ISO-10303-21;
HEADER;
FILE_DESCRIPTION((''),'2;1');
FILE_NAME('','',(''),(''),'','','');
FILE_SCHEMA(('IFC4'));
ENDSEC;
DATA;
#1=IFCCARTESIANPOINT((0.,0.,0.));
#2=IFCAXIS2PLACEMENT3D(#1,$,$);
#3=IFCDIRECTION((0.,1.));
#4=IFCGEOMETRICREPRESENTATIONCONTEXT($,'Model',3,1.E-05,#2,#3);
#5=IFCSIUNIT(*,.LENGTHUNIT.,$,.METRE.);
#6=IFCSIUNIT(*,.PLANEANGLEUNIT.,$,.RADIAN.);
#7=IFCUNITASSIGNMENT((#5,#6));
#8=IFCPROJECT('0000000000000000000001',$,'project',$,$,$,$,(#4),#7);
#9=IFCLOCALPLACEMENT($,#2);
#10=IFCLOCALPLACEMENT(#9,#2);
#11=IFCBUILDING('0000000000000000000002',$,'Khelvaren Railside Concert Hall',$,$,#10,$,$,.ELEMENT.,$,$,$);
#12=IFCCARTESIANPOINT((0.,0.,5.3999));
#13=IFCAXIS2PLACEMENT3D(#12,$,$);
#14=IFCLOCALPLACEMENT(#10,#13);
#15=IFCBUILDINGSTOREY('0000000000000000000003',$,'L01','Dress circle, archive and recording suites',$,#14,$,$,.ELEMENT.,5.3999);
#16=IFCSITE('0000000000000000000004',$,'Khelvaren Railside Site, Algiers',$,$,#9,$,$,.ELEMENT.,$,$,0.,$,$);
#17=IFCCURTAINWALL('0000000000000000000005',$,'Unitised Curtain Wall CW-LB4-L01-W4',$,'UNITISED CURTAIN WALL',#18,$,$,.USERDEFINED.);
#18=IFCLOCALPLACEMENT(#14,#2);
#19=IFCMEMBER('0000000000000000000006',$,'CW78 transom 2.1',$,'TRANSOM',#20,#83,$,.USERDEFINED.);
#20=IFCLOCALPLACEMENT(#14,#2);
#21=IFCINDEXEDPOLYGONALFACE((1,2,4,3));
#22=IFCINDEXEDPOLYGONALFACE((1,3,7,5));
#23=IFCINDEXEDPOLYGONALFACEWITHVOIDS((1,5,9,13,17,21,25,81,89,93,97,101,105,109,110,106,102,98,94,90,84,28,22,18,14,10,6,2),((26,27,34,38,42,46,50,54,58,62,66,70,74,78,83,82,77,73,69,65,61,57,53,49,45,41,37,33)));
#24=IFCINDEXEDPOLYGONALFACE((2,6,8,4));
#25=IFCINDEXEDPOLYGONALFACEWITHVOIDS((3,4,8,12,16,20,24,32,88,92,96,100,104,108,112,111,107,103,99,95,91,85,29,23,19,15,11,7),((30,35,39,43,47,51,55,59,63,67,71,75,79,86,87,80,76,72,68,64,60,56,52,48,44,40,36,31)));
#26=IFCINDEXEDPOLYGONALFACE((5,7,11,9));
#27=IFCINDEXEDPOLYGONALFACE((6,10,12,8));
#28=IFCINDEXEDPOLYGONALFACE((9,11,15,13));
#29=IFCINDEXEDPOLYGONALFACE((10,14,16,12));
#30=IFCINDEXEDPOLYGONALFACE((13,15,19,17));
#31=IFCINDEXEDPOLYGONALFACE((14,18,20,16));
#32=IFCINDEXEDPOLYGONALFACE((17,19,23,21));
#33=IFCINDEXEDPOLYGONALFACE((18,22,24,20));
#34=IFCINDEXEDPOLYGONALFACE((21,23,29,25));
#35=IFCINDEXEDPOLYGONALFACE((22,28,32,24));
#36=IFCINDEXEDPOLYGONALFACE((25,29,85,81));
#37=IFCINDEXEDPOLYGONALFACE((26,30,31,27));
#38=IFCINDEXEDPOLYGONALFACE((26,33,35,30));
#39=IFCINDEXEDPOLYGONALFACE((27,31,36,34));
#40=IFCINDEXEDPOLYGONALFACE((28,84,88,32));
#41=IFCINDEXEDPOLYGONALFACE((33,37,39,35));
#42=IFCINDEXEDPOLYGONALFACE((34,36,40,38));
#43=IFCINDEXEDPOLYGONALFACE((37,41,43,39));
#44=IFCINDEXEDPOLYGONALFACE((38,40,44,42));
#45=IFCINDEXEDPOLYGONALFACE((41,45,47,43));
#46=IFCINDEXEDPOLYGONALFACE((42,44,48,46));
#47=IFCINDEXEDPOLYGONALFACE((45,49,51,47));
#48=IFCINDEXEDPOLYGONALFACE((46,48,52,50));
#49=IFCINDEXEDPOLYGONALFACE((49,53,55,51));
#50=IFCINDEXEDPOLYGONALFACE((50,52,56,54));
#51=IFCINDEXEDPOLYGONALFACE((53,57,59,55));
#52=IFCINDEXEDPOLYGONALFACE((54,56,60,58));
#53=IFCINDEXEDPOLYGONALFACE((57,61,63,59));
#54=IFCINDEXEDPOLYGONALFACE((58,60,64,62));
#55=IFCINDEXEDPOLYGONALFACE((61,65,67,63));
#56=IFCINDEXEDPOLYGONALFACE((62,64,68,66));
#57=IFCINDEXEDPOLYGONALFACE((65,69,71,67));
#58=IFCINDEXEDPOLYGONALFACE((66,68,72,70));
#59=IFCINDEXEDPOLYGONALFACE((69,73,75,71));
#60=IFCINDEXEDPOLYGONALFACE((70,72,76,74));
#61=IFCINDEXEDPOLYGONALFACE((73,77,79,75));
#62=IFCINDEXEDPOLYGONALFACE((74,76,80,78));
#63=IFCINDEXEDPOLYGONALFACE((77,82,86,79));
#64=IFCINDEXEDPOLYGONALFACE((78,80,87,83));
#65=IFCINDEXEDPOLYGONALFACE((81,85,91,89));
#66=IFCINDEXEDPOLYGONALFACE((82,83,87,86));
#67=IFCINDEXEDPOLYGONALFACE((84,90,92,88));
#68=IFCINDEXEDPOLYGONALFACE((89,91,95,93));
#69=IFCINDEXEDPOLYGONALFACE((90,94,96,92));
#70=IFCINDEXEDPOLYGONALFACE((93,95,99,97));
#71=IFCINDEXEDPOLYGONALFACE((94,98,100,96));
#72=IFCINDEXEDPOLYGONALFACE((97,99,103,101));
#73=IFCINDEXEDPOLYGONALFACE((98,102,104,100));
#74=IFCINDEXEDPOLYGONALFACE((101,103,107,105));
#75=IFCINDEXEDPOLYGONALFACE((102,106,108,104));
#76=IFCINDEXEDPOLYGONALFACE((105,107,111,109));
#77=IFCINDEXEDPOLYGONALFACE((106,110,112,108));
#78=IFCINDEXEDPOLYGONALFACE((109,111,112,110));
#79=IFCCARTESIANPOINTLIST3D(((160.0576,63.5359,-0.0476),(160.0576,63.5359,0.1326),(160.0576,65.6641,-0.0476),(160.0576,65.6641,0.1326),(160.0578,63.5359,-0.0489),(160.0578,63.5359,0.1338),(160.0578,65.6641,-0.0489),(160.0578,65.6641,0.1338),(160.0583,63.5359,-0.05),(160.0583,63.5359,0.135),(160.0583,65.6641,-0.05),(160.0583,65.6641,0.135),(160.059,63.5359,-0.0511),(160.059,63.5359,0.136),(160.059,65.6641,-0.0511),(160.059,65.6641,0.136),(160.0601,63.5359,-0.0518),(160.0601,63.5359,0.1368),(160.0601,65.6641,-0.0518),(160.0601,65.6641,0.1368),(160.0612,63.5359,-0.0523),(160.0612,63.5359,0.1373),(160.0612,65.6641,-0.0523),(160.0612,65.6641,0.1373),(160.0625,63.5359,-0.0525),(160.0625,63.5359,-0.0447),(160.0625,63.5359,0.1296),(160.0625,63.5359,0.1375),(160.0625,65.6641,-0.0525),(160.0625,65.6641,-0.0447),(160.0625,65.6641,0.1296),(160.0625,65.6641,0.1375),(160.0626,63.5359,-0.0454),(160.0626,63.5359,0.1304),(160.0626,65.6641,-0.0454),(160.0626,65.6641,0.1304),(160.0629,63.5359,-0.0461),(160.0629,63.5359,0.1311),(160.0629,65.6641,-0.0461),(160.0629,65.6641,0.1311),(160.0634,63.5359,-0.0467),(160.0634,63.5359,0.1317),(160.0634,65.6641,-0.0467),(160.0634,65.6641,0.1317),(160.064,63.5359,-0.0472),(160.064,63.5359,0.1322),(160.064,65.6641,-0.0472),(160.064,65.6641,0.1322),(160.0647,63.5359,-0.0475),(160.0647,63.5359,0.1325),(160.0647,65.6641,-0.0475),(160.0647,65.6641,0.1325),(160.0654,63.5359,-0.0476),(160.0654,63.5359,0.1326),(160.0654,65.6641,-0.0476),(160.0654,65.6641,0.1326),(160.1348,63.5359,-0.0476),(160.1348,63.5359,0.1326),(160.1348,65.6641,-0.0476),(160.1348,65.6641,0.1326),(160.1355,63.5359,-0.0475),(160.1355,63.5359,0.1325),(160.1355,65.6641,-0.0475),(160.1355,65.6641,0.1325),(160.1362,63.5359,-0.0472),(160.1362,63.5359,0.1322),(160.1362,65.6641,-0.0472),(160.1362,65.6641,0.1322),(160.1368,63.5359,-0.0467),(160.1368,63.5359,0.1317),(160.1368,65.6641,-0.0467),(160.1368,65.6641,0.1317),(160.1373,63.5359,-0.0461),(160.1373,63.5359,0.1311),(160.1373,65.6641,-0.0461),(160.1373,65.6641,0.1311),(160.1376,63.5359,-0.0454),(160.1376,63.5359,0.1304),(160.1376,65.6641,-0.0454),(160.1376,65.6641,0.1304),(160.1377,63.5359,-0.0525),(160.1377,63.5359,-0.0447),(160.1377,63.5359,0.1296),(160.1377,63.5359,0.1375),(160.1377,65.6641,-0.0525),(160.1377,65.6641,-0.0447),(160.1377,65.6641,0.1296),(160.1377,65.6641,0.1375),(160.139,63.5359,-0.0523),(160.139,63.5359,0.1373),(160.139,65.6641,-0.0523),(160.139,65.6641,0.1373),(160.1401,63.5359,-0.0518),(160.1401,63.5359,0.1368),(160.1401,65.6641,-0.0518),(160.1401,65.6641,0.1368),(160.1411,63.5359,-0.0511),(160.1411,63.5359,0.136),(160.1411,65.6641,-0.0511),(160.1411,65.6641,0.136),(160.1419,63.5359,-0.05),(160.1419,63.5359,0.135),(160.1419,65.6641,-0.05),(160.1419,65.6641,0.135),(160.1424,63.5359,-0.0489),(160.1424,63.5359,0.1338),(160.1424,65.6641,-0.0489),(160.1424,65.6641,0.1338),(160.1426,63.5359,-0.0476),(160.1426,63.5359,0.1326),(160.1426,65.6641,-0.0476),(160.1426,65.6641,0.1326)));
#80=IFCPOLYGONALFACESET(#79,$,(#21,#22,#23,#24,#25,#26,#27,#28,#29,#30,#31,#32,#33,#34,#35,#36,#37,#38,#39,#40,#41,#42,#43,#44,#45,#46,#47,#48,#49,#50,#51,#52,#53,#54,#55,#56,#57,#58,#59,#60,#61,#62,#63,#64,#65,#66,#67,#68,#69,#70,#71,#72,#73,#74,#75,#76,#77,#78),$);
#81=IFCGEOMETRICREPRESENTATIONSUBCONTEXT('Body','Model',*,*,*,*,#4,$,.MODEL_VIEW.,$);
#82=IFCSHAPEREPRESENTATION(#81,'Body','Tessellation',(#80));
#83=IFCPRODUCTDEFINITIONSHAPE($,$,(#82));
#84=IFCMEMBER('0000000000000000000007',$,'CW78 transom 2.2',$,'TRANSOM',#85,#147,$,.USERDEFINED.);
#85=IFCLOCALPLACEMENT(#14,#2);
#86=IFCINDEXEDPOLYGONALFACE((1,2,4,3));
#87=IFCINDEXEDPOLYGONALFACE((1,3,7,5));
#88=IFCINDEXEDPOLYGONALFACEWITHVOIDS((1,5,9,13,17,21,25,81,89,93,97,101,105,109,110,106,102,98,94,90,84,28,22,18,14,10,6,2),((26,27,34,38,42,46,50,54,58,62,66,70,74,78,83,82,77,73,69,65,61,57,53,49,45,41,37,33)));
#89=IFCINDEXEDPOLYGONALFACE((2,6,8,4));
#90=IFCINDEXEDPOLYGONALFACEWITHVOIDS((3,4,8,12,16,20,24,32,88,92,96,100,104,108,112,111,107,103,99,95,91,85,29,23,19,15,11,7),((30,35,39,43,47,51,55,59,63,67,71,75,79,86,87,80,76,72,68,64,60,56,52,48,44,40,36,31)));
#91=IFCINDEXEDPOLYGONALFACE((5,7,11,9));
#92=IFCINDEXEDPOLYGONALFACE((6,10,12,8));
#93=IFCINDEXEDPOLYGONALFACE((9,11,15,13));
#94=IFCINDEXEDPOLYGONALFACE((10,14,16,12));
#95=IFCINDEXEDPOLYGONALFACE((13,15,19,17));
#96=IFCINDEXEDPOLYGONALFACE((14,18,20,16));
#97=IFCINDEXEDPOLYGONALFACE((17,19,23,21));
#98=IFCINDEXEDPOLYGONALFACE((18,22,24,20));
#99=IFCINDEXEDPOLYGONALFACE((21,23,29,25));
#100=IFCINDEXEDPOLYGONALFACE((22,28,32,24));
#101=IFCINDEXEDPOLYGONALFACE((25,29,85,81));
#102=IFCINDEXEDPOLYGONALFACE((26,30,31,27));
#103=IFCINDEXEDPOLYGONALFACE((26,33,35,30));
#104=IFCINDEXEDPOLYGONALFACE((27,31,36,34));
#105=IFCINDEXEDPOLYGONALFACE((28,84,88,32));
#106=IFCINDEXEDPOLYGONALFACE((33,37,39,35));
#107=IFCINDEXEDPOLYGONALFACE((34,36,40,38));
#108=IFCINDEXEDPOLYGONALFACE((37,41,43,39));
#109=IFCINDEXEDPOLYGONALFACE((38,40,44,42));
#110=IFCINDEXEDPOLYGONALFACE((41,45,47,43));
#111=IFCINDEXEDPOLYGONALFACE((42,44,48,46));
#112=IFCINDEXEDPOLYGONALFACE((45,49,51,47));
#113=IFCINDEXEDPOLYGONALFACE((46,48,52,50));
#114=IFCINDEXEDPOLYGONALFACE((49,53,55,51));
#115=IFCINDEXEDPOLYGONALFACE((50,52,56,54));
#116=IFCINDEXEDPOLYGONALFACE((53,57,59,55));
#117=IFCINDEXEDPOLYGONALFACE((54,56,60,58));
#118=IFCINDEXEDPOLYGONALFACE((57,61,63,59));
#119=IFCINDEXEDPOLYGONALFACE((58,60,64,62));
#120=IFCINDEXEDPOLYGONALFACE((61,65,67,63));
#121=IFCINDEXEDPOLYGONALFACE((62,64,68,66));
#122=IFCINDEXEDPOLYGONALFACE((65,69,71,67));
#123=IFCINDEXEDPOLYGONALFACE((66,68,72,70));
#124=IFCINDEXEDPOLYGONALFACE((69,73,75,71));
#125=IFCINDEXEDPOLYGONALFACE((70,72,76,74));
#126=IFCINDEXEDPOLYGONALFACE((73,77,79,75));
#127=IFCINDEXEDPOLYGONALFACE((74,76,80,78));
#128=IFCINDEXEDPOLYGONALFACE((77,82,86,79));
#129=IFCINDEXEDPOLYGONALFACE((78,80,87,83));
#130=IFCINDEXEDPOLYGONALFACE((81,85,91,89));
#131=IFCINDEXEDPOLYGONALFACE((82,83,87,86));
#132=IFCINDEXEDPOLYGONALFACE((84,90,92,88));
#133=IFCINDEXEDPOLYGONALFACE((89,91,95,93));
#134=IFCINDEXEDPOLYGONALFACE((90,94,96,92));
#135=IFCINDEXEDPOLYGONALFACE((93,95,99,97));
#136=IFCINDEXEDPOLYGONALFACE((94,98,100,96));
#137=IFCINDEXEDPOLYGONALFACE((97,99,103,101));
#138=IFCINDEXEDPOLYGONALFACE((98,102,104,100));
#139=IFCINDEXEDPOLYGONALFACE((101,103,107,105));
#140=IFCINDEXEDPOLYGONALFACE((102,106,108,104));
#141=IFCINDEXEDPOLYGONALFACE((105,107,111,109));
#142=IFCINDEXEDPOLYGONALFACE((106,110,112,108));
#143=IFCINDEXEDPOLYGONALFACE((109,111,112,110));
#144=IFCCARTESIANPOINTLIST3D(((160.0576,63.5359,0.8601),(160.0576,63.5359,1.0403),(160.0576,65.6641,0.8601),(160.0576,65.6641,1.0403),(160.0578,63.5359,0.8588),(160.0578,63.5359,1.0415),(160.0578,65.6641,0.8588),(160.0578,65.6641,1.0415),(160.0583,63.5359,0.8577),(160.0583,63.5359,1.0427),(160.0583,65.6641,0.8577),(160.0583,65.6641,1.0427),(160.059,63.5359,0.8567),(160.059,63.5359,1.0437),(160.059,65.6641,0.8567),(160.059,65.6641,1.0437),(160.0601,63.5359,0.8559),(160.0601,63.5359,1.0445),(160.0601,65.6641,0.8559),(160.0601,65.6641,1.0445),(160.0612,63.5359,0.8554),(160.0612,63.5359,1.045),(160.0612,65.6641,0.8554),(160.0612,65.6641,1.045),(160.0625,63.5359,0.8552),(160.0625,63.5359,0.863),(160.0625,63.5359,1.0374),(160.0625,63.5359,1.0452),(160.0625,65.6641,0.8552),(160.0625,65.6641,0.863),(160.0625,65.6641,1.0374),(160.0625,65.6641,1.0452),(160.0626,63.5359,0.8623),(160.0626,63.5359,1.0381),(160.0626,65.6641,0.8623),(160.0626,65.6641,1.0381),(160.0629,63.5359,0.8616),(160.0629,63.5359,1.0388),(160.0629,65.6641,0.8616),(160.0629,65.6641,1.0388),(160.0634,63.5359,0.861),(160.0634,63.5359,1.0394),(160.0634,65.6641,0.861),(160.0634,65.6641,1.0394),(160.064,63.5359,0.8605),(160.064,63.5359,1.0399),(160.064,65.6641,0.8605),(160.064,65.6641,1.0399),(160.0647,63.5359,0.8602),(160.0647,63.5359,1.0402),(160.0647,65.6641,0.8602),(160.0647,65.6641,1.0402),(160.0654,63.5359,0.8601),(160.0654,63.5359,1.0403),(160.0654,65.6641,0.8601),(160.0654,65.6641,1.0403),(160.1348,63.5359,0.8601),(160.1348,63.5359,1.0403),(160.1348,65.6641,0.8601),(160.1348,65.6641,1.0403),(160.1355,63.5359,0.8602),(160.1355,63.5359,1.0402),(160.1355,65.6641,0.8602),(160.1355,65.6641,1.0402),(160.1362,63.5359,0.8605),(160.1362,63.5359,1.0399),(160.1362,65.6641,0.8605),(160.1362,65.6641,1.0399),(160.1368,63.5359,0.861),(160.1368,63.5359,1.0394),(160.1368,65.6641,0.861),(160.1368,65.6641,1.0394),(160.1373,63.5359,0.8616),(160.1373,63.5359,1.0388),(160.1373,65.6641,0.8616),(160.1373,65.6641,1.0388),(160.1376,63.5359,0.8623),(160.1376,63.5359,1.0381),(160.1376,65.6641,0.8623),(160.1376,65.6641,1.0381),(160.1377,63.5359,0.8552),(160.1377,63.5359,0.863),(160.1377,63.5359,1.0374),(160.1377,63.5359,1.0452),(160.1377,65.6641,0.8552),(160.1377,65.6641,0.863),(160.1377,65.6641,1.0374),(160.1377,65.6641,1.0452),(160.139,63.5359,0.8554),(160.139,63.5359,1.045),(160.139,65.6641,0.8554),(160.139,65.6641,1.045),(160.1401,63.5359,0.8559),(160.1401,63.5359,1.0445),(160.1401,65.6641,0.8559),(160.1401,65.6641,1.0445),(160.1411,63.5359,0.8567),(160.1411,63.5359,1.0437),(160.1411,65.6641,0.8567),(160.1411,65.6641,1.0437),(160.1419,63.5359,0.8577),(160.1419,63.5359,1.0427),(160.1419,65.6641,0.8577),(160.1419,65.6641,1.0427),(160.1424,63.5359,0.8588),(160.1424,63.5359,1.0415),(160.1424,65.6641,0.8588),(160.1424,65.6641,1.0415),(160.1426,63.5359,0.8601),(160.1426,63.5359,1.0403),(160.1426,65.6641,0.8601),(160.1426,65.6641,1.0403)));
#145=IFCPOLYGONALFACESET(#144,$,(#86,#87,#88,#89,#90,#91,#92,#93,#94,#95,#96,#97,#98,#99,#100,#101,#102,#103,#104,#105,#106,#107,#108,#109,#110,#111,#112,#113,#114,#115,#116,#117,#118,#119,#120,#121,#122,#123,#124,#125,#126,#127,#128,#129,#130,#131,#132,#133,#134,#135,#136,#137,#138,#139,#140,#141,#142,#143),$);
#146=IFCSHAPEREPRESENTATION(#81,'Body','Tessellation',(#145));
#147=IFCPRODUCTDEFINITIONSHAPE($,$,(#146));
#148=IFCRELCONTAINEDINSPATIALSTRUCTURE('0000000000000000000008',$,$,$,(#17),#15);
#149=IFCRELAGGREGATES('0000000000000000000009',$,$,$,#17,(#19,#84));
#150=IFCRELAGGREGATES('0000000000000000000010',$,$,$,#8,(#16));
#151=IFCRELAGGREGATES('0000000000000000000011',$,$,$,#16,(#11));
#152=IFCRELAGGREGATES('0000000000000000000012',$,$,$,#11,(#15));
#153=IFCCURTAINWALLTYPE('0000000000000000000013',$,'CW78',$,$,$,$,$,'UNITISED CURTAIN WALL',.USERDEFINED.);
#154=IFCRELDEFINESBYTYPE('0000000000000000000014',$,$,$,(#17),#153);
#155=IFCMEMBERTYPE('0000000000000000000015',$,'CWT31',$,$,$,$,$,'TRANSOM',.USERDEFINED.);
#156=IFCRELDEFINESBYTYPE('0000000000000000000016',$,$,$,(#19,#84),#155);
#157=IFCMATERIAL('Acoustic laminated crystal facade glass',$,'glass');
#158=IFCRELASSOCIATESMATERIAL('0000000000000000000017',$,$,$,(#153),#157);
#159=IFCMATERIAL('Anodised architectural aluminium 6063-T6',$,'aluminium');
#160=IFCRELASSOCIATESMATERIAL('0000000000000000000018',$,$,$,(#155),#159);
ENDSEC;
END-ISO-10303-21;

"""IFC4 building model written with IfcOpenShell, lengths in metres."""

from ifc_helpers import new_model, si_unit, direction, frame, origin, origin_2d, place, context, subcontext, project, spatial, hollow_rectangle, extrude, material, material_profile, profile_set, type_object, element, aggregate, save


model = new_model("IFC4")

# Units and contexts
model_context = context("Model", 3, precision=1e-05, world=origin(), true_north=direction((0.0, 1.0)))
body_context = subcontext(model_context, "Body", "Model", "MODEL_VIEW")
ifc_project = project(units=[si_unit("LENGTHUNIT", "METRE"), si_unit("PLANEANGLEUNIT", "RADIAN")], contexts=[model_context])

# Site, building, storey
site_placement = place(None, origin())
site = spatial("IfcSite", under=ifc_project, at=site_placement, Name="Khelvaren Railside Site, Algiers", CompositionType="ELEMENT", RefElevation=0.0)
building_placement = place(site_placement, origin())
building = spatial("IfcBuilding", under=site, at=building_placement, Name="Khelvaren Railside Concert Hall", CompositionType="ELEMENT")
storey_placement = place(building_placement, frame((0.0, 0.0, 5.3999)))
storey = spatial("IfcBuildingStorey", under=building, at=storey_placement, Name="L01", Description="Dress circle, archive and recording suites", CompositionType="ELEMENT", Elevation=5.3999)

# Shared definitions
ifc_material_1 = material(Name="Acoustic laminated crystal facade glass", Category="glass")
curtain_wall_type = type_object("IfcCurtainWallType", Name="CW78", ElementType="UNITISED CURTAIN WALL", PredefinedType="USERDEFINED", material=ifc_material_1)
ifc_material_2 = material(Name="Anodised architectural aluminium 6063-T6", Category="aluminium")

# Curtain wall, members
curtain_wall_1_placement = place(storey_placement, origin())
curtain_wall_1 = element("IfcCurtainWall", 1, at=curtain_wall_1_placement, inside=storey, type_object=curtain_wall_type, Name="Unitised Curtain Wall CW-LB4-L01-W4", ObjectType="UNITISED CURTAIN WALL", PredefinedType="USERDEFINED")
ifc_material_profile_1 = material_profile(ifc_material_2, hollow_rectangle(XDim=0.085, YDim=0.1899, WallThickness=0.0049, InnerFilletRadius=0.0029, OuterFilletRadius=0.0049, at=origin_2d()), Name="CWT 85x190x5")
ifc_profile_set_1 = profile_set([ifc_material_profile_1], Name="Anodised architectural aluminium 6063-T6")
member_type_1 = type_object("IfcMemberType", Name="CWT31", ElementType="TRANSOM", PredefinedType="USERDEFINED", material=ifc_profile_set_1)
member_1_placement = place(storey_placement, frame((160.1001, 63.5359, 0.0425), z_axis=(0.0, 1.0, 0.0), x_axis=(-1.0, 0.0, 0.0)))
member_1 = element("IfcMember", 2, at=member_1_placement, type_object=member_type_1, Name="CW78 transom 2.1", ObjectType="TRANSOM", PredefinedType="USERDEFINED", context=body_context, shape_type="SweptSolid", body=[
    extrude(hollow_rectangle(XDim=0.085, YDim=0.1899, WallThickness=0.0049, InnerFilletRadius=0.0029, OuterFilletRadius=0.0049, at=origin_2d()), origin(), (0.0, 0.0, 1.0), 2.1282),
])
member_2_placement = place(storey_placement, frame((160.1001, 63.5359, 0.9502), z_axis=(0.0, 1.0, 0.0), x_axis=(-1.0, 0.0, 0.0)))
member_2 = element("IfcMember", 3, at=member_2_placement, type_object=member_type_1, Name="CW78 transom 2.2", ObjectType="TRANSOM", PredefinedType="USERDEFINED", context=body_context, shape_type="SweptSolid", body=[
    extrude(hollow_rectangle(XDim=0.085, YDim=0.1899, WallThickness=0.0049, InnerFilletRadius=0.0029, OuterFilletRadius=0.0049, at=origin_2d()), origin(), (0.0, 0.0, 1.0), 2.1282),
])

aggregate(curtain_wall_1, [member_1, member_2])

save(model, "model.ifc")
